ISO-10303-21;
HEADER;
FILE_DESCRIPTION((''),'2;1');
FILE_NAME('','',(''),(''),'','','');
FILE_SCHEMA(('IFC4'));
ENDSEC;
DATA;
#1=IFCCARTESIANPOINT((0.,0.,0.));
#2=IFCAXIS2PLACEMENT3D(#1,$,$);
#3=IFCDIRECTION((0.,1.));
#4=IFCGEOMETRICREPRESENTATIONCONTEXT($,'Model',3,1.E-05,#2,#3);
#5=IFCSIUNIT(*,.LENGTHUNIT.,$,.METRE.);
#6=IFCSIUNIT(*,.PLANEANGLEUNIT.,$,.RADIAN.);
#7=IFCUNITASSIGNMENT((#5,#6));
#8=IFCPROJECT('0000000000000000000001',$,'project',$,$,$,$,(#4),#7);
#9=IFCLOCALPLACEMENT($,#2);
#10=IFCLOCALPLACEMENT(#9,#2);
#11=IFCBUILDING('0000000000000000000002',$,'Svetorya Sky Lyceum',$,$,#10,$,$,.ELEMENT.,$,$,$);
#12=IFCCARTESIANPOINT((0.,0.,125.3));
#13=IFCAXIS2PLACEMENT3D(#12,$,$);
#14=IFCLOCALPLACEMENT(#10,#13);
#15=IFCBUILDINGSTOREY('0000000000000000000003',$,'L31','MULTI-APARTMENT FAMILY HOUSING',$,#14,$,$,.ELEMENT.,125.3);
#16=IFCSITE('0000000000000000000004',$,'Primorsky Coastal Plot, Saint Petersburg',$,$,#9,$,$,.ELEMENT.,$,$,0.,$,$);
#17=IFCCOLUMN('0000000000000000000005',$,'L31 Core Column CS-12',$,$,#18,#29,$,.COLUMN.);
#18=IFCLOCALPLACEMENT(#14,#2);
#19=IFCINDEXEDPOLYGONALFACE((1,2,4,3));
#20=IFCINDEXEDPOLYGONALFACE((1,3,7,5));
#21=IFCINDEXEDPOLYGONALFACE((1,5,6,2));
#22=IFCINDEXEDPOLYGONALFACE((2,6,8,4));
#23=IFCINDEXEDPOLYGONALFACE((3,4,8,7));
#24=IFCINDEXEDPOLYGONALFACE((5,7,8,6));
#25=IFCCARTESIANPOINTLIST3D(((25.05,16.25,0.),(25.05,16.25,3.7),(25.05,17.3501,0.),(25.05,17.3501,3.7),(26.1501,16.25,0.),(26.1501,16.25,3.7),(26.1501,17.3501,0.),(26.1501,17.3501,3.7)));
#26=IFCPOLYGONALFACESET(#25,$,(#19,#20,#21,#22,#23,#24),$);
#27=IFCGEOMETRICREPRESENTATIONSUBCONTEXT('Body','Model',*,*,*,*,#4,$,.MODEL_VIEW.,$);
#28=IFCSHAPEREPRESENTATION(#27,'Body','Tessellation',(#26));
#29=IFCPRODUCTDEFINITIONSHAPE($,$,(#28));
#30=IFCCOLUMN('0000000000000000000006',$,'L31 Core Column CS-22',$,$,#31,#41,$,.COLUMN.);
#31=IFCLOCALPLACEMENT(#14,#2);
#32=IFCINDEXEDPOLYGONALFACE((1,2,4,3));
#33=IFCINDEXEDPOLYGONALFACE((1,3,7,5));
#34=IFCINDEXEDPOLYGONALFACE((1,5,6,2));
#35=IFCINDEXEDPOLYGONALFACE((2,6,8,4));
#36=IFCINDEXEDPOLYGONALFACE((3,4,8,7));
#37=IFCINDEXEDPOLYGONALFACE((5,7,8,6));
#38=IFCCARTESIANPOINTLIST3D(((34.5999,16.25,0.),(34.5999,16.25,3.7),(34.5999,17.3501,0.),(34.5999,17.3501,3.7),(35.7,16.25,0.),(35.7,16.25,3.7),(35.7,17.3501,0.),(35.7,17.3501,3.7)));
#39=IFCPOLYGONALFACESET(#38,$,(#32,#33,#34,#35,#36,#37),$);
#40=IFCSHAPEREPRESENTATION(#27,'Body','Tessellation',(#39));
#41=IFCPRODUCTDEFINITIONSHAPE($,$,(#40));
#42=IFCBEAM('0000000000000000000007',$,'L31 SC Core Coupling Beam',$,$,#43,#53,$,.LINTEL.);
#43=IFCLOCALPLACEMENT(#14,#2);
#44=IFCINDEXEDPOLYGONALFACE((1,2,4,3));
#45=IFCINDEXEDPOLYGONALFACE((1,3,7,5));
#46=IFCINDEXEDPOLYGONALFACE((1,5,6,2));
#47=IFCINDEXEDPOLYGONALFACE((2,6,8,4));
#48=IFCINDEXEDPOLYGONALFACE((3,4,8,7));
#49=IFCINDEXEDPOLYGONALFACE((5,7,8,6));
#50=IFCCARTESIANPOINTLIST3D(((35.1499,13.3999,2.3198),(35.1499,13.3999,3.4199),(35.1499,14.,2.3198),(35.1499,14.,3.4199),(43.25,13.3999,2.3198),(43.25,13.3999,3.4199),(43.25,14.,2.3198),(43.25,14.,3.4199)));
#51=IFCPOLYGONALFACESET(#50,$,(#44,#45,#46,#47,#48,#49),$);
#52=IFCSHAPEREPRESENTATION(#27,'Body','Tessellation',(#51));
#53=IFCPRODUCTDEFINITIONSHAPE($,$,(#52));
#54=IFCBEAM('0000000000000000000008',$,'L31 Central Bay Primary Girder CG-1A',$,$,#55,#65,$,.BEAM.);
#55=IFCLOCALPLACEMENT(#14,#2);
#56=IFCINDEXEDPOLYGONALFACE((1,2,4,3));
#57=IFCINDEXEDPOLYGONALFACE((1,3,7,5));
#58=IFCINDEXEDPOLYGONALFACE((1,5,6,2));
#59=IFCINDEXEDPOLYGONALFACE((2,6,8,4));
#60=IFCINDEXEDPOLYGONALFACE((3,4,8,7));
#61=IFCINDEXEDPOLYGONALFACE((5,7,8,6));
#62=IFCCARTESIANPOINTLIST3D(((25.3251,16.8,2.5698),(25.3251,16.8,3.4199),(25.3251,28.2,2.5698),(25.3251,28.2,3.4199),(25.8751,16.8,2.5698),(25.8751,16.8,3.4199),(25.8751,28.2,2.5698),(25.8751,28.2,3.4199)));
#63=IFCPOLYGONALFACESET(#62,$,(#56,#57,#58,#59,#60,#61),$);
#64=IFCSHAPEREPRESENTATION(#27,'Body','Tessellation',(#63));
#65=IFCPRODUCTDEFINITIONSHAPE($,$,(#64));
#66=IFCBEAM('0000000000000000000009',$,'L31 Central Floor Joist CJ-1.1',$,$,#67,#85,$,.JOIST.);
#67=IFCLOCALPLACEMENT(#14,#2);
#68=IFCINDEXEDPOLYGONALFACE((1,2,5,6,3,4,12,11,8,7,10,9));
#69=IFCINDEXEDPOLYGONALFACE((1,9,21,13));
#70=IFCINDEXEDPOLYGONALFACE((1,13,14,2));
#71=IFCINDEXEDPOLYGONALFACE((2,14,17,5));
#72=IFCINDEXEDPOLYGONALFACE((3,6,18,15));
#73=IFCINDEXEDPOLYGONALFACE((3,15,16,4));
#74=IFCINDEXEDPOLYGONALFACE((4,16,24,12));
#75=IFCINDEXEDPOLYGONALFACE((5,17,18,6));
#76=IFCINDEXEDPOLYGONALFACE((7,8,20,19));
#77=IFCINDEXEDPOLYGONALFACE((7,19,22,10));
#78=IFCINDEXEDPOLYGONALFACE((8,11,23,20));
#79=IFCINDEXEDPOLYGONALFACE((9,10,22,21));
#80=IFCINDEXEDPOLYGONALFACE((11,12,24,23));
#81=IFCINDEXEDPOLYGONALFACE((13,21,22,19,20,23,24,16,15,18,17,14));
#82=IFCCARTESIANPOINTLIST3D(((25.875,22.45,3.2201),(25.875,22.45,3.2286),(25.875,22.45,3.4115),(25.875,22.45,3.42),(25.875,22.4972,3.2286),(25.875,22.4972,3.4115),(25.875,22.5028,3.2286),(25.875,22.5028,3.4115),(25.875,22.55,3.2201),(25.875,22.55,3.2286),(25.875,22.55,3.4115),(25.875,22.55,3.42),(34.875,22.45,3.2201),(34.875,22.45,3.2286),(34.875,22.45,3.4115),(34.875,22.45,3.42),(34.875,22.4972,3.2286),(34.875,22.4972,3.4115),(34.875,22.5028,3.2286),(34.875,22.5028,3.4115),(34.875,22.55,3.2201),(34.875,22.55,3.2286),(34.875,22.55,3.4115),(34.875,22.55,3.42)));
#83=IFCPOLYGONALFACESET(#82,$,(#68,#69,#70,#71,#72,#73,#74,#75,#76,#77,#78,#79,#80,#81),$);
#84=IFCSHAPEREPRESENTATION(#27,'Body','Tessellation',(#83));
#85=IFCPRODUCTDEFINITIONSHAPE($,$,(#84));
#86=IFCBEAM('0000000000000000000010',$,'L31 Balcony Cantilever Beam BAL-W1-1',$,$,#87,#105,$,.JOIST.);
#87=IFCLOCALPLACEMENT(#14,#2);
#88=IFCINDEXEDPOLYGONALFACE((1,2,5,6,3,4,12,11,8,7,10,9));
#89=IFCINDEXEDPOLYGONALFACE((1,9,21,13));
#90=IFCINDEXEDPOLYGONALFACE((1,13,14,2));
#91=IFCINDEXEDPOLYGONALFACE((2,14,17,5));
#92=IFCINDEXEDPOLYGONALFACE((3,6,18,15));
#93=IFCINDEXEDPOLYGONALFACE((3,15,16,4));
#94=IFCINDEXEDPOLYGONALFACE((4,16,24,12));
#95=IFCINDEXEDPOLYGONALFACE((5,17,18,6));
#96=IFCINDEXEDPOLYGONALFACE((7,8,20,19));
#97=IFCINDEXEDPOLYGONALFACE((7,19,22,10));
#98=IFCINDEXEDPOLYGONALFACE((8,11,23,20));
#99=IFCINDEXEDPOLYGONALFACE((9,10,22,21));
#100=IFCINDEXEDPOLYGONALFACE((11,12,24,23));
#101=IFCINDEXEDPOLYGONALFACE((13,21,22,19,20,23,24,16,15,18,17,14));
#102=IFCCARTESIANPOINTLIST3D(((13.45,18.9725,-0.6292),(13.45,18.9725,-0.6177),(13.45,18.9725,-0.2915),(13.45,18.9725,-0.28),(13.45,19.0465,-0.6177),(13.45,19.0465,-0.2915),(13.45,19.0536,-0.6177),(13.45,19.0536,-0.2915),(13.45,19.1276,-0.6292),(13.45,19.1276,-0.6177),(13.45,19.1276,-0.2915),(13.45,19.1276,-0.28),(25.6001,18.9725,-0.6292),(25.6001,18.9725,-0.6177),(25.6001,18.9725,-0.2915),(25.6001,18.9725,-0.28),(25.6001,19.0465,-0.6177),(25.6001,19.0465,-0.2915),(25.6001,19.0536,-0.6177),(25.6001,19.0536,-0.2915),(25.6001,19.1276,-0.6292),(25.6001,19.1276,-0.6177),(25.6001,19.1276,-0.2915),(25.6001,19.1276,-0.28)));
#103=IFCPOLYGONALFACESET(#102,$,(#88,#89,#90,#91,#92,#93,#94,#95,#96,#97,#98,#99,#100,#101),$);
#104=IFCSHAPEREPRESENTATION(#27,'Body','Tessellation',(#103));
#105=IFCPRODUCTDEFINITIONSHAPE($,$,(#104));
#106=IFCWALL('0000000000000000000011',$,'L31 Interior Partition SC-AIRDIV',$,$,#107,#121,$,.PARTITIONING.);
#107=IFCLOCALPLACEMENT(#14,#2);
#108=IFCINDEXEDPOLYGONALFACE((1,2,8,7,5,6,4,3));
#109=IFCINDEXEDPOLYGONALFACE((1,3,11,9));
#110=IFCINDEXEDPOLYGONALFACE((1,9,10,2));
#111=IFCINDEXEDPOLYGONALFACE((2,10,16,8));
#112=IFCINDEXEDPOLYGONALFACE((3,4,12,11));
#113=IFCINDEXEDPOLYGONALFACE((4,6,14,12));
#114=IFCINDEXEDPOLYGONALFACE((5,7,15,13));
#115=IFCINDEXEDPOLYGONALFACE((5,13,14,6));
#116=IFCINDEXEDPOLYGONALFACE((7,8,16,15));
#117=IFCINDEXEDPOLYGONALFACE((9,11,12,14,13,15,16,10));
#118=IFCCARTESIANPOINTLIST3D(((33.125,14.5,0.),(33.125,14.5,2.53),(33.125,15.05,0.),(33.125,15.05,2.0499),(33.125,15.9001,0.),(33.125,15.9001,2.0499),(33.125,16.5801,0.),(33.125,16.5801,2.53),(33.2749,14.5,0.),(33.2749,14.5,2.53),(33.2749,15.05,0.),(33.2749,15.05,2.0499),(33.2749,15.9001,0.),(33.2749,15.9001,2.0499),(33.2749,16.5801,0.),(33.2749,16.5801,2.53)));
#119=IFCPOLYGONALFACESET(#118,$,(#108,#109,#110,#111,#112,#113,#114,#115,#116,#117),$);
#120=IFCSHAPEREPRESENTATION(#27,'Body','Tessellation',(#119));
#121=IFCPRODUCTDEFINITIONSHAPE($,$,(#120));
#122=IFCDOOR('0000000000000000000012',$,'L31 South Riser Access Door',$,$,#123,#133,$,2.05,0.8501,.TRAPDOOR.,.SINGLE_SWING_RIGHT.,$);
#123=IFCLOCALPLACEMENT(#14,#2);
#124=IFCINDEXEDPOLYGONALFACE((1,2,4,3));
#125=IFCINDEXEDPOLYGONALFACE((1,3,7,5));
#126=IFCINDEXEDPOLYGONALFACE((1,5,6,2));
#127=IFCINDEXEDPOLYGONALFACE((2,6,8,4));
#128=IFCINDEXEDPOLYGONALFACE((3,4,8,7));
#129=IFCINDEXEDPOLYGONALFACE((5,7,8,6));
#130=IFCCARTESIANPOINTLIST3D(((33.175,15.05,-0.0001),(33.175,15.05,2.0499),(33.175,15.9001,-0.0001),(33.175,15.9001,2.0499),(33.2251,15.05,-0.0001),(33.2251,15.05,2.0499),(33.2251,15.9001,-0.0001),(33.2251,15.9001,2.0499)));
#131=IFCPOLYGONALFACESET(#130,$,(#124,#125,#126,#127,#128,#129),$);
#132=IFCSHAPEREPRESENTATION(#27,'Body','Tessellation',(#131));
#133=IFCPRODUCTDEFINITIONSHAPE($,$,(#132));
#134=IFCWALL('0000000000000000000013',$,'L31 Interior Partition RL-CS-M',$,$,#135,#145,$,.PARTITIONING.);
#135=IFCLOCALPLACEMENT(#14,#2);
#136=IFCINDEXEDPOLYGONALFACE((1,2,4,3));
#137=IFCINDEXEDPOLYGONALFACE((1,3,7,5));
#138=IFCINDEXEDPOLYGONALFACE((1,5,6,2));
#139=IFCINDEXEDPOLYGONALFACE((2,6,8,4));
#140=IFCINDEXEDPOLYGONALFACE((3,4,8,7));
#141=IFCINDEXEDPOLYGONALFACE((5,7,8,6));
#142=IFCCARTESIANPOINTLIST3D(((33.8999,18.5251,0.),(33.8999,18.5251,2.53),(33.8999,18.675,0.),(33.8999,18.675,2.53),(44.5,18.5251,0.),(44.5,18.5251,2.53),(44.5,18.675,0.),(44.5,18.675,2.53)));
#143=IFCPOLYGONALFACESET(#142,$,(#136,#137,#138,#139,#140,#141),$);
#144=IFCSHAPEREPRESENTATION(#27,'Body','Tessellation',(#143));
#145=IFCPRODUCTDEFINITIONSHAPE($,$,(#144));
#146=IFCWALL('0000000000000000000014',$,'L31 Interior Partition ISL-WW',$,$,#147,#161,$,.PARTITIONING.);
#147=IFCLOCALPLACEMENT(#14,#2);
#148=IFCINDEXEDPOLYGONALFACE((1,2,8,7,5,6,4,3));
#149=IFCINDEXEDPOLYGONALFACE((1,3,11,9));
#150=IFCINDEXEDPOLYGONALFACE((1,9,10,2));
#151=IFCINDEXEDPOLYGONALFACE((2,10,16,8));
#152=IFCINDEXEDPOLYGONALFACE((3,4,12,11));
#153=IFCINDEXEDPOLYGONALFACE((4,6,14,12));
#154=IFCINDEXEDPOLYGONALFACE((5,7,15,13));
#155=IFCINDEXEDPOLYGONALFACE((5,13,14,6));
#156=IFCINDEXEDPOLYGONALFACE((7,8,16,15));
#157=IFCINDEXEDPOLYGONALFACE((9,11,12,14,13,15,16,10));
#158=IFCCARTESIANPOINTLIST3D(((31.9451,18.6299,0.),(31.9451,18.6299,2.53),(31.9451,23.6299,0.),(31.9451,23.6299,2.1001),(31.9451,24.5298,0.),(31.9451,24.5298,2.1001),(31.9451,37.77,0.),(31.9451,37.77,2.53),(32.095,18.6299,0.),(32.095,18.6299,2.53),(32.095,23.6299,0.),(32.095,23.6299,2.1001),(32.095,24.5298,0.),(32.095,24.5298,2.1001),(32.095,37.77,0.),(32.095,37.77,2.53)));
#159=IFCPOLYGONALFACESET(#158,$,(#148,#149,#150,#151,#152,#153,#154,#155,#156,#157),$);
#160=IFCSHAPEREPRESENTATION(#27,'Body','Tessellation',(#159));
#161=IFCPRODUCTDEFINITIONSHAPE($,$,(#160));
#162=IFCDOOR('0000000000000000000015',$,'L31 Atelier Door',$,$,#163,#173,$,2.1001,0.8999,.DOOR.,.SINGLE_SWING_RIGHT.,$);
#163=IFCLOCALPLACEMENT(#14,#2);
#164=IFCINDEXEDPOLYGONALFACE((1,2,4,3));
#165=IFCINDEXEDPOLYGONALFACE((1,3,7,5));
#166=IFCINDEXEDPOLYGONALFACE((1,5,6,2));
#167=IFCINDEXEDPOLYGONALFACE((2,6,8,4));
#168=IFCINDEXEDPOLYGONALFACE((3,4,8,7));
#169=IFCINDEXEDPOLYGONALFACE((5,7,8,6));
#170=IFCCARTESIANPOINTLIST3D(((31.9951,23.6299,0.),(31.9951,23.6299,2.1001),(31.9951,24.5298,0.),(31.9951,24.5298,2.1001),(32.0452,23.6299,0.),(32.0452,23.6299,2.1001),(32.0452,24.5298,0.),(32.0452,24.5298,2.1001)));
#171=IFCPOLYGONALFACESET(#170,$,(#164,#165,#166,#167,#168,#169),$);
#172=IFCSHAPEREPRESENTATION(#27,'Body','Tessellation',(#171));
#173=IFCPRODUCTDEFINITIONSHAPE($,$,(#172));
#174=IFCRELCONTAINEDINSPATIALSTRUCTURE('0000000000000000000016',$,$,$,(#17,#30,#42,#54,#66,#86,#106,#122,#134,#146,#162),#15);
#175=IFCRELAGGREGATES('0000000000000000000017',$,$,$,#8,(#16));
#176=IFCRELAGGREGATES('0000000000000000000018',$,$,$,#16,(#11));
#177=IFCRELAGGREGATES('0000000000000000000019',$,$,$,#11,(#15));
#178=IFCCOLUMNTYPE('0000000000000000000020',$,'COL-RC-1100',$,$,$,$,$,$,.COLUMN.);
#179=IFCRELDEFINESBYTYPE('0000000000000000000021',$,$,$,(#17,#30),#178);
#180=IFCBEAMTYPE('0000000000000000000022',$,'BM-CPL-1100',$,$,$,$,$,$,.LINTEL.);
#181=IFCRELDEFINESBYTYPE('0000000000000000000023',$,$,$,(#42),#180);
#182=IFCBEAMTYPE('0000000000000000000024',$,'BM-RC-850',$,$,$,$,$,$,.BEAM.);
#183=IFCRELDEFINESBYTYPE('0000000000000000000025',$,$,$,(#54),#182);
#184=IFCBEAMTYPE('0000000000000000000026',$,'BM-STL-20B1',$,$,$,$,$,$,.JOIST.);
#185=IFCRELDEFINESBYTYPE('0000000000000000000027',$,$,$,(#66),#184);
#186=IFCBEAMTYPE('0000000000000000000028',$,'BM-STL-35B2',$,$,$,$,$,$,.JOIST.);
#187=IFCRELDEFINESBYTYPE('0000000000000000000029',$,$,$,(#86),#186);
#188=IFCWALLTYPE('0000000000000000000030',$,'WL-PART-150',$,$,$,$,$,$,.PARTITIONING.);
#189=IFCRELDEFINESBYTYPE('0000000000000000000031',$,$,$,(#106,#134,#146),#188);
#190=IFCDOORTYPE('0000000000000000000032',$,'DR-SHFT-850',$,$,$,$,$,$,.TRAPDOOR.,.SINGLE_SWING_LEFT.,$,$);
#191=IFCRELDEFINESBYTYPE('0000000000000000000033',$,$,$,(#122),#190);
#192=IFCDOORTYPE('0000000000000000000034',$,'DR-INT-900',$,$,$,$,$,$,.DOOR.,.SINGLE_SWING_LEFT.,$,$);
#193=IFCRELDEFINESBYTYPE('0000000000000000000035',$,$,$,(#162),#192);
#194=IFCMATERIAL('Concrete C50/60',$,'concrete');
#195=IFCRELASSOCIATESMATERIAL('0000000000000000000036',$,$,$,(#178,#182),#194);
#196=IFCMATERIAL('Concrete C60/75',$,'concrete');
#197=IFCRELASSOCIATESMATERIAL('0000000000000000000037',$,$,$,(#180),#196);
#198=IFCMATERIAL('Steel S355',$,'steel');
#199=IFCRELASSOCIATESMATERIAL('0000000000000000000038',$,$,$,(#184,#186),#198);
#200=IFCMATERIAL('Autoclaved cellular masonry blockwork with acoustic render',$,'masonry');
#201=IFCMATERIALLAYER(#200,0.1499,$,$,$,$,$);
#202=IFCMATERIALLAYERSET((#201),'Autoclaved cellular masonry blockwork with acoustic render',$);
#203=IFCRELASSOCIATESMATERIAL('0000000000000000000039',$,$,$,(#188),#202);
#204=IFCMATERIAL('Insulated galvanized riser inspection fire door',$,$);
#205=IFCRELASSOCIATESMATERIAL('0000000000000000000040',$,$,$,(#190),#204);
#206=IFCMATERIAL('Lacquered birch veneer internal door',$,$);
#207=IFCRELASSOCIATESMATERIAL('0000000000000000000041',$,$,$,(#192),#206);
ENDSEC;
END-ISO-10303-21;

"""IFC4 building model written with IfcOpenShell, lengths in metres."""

from ifc_helpers import new_model, si_unit, direction, frame, frame_2d, origin, origin_2d, place, context, subcontext, project, spatial, rectangle, i_section, extrude, material, layer, layer_set, material_profile, profile_set, type_object, element, fill, save


model = new_model("IFC4")

# Units and contexts
model_context = context("Model", 3, precision=1e-05, world=origin(), true_north=direction((0.0, 1.0)))
body_context = subcontext(model_context, "Body", "Model", "MODEL_VIEW")
ifc_project = project(units=[si_unit("LENGTHUNIT", "METRE"), si_unit("PLANEANGLEUNIT", "RADIAN")], contexts=[model_context])

# Site, building, storey
site_placement = place(None, origin())
site = spatial("IfcSite", under=ifc_project, at=site_placement, Name="Primorsky Coastal Plot, Saint Petersburg", CompositionType="ELEMENT", RefElevation=0.0)
building_placement = place(site_placement, origin())
building = spatial("IfcBuilding", under=site, at=building_placement, Name="Svetorya Sky Lyceum", CompositionType="ELEMENT")
storey_placement = place(building_placement, frame((0.0, 0.0, 125.3)))
storey = spatial("IfcBuildingStorey", under=building, at=storey_placement, Name="L31", Description="MULTI-APARTMENT FAMILY HOUSING", CompositionType="ELEMENT", Elevation=125.3)

# Columns
ifc_material_1 = material(Name="Concrete C50/60", Category="concrete")
ifc_material_profile_1 = material_profile(ifc_material_1, rectangle(XDim=1.1001, YDim=1.1001, at=origin_2d()), Name="RC COL 1100x1100")
ifc_profile_set_1 = profile_set([ifc_material_profile_1], Name="Concrete C50/60")
column_type = type_object("IfcColumnType", Name="COL-RC-1100", PredefinedType="COLUMN", material=ifc_profile_set_1)
for number, where, z_axis, x_axis, name in (
    (1, (25.6001, 16.8, 0.0), (0.0, 0.0, 1.0), (1.0, 0.0, 0.0), "L31 Core Column CS-12"),
    (2, (35.1499, 16.8, 0.0), (0.0, 0.0, 1.0), (1.0, 0.0, 0.0), "L31 Core Column CS-22"),
):
    element("IfcColumn", number, at=place(storey_placement, frame(where, z_axis=z_axis, x_axis=x_axis)), inside=storey, type_object=column_type, Name=name, PredefinedType="COLUMN", context=body_context, shape_type="SweptSolid", body=[
        extrude(rectangle(XDim=1.1001, YDim=1.1001, at=origin_2d()), origin(), (0.0, 0.0, 1.0), 3.7),
    ])

# Beams
ifc_material_2 = material(Name="Concrete C60/75", Category="concrete")
ifc_material_profile_2 = material_profile(ifc_material_2, rectangle(XDim=0.6001, YDim=1.1001, at=origin_2d()), Name="RC COUPLING 600x1100")
ifc_profile_set_2 = profile_set([ifc_material_profile_2], Name="Concrete C60/75")
beam_type_1 = type_object("IfcBeamType", Name="BM-CPL-1100", PredefinedType="LINTEL", material=ifc_profile_set_2)
beam_1_placement = place(storey_placement, frame((35.1499, 13.7, 2.8699), z_axis=(1.0, 0.0, 0.0), x_axis=(0.0, 1.0, 0.0)))
element("IfcBeam", 3, at=beam_1_placement, inside=storey, type_object=beam_type_1, Name="L31 SC Core Coupling Beam", PredefinedType="LINTEL", context=body_context, shape_type="SweptSolid", body=[
    extrude(rectangle(XDim=0.6001, YDim=1.1001, at=origin_2d()), origin(), (0.0, 0.0, 1.0), 8.1001),
])
ifc_material_profile_3 = material_profile(ifc_material_1, rectangle(XDim=0.55, YDim=0.8501, at=origin_2d()), Name="RC BEAM 550x850")
ifc_profile_set_3 = profile_set([ifc_material_profile_3], Name="Concrete C50/60")
beam_type_2 = type_object("IfcBeamType", Name="BM-RC-850", PredefinedType="BEAM", material=ifc_profile_set_3)
beam_2_placement = place(storey_placement, frame((25.6001, 16.8, 2.9949), z_axis=(0.0, 1.0, 0.0), x_axis=(-1.0, 0.0, 0.0)))
element("IfcBeam", 4, at=beam_2_placement, inside=storey, type_object=beam_type_2, Name="L31 Central Bay Primary Girder CG-1A", PredefinedType="BEAM", context=body_context, shape_type="SweptSolid", body=[
    extrude(rectangle(XDim=0.55, YDim=0.8501, at=origin_2d()), origin(), (0.0, 0.0, 1.0), 11.3999),
])
ifc_material_3 = material(Name="Steel S355", Category="steel")
ifc_material_profile_4 = material_profile(ifc_material_3, i_section(OverallWidth=0.1001, OverallDepth=0.2, WebThickness=0.0056, FlangeThickness=0.0085, at=origin_2d()), Name="GOST 20B1")
ifc_profile_set_4 = profile_set([ifc_material_profile_4], Name="Steel S355")
beam_type_3 = type_object("IfcBeamType", Name="BM-STL-20B1", PredefinedType="JOIST", material=ifc_profile_set_4)
beam_3_placement = place(storey_placement, frame((25.875, 22.5, 3.3201), z_axis=(1.0, 0.0, 0.0), x_axis=(0.0, 1.0, 0.0)))
element("IfcBeam", 5, at=beam_3_placement, inside=storey, type_object=beam_type_3, Name="L31 Central Floor Joist CJ-1.1", PredefinedType="JOIST", context=body_context, shape_type="SweptSolid", body=[
    extrude(i_section(OverallWidth=0.1001, OverallDepth=0.2, WebThickness=0.0056, FlangeThickness=0.0085, at=origin_2d()), origin(), (0.0, 0.0, 1.0), 9.0),
])
ifc_material_profile_5 = material_profile(ifc_material_3, i_section(OverallWidth=0.155, OverallDepth=0.3491, WebThickness=0.0071, FlangeThickness=0.0115, at=origin_2d()), Name="GOST 35B2")
ifc_profile_set_5 = profile_set([ifc_material_profile_5], Name="Steel S355")
beam_type_4 = type_object("IfcBeamType", Name="BM-STL-35B2", PredefinedType="JOIST", material=ifc_profile_set_5)
beam_4_placement = place(storey_placement, frame((25.6001, 19.05, -0.4546), z_axis=(-1.0, 0.0, 0.0), x_axis=(0.0, -1.0, 0.0)))
element("IfcBeam", 6, at=beam_4_placement, inside=storey, type_object=beam_type_4, Name="L31 Balcony Cantilever Beam BAL-W1-1", PredefinedType="JOIST", context=body_context, shape_type="SweptSolid", body=[
    extrude(i_section(OverallWidth=0.155, OverallDepth=0.3491, WebThickness=0.0071, FlangeThickness=0.0115, at=origin_2d()), origin(), (0.0, 0.0, 1.0), 12.1501),
])

# Wall, opening, door
ifc_material_4 = material(Name="Autoclaved cellular masonry blockwork with acoustic render", Category="masonry")
ifc_layer_1 = layer(ifc_material_4, 0.1499)
ifc_layer_set_1 = layer_set([ifc_layer_1], Name="Autoclaved cellular masonry blockwork with acoustic render")
wall_type_1 = type_object("IfcWallType", Name="WL-PART-150", PredefinedType="PARTITIONING", material=ifc_layer_set_1)
wall_1_placement = place(storey_placement, frame((33.2, 14.5, 0.0), z_axis=(0.0, 0.0, 1.0), x_axis=(0.0, 1.0, 0.0)))
wall_1 = element("IfcWall", 7, at=wall_1_placement, inside=storey, type_object=wall_type_1, Name="L31 Interior Partition SC-AIRDIV", PredefinedType="PARTITIONING", context=body_context, shape_type="SweptSolid", body=[
    extrude(rectangle(XDim=2.0801, YDim=0.1499, at=frame_2d((1.04, 0.0))), origin(), (0.0, 0.0, 1.0), 2.53),
])
opening_1_placement = place(wall_1_placement, frame((0.55, 0.0, 0.0)))
opening_1 = element("IfcOpeningElement", 8, at=opening_1_placement, cuts=wall_1, PredefinedType="OPENING", context=body_context, shape_type="SweptSolid", body=[
    extrude(rectangle(XDim=0.8501, YDim=2.05, at=frame_2d((0.425, 1.0249))), frame((0.0, 0.085, 0.0), z_axis=(0.0, -1.0, 0.0), x_axis=(1.0, 0.0, 0.0)), (0.0, 0.0, 1.0), 0.1699),
])
ifc_material_5 = material(Name="Insulated galvanized riser inspection fire door")
door_type_1 = type_object("IfcDoorType", Name="DR-SHFT-850", OperationType="SINGLE_SWING_LEFT", PredefinedType="TRAPDOOR", material=ifc_material_5)
door_1_placement = place(opening_1_placement, origin())
door_1 = element("IfcDoor", 9, at=door_1_placement, inside=storey, type_object=door_type_1, Name="L31 South Riser Access Door", OperationType="SINGLE_SWING_RIGHT", OverallHeight=2.05, OverallWidth=0.8501, PredefinedType="TRAPDOOR", context=body_context, shape_type="SweptSolid", body=[
    extrude(rectangle(XDim=0.8501, YDim=2.05, at=frame_2d((0.425, 1.0249))), frame((0.0, 0.0249, 0.0), z_axis=(0.0, -1.0, 0.0), x_axis=(1.0, 0.0, 0.0)), (0.0, 0.0, 1.0), 0.05),
])
fill(opening_1, door_1)

# Wall
wall_2_placement = place(storey_placement, frame((33.8999, 18.6001, 0.0), z_axis=(0.0, 0.0, 1.0), x_axis=(1.0, 0.0, 0.0)))
element("IfcWall", 10, at=wall_2_placement, inside=storey, type_object=wall_type_1, Name="L31 Interior Partition RL-CS-M", PredefinedType="PARTITIONING", context=body_context, shape_type="SweptSolid", body=[
    extrude(rectangle(XDim=10.6001, YDim=0.1499, at=frame_2d((5.3, 0.0))), origin(), (0.0, 0.0, 1.0), 2.53),
])

# Wall, opening, door
wall_3_placement = place(storey_placement, frame((32.02, 18.6299, 0.0), z_axis=(0.0, 0.0, 1.0), x_axis=(0.0, 1.0, 0.0)))
wall_3 = element("IfcWall", 11, at=wall_3_placement, inside=storey, type_object=wall_type_1, Name="L31 Interior Partition ISL-WW", PredefinedType="PARTITIONING", context=body_context, shape_type="SweptSolid", body=[
    extrude(rectangle(XDim=19.1401, YDim=0.1499, at=frame_2d((9.5701, 0.0))), origin(), (0.0, 0.0, 1.0), 2.53),
])
opening_2_placement = place(wall_3_placement, frame((5.0, 0.0, 0.0)))
opening_2 = element("IfcOpeningElement", 12, at=opening_2_placement, cuts=wall_3, PredefinedType="OPENING", context=body_context, shape_type="SweptSolid", body=[
    extrude(rectangle(XDim=0.8999, YDim=2.1001, at=frame_2d((0.45, 1.05))), frame((0.0, 0.085, 0.0), z_axis=(0.0, -1.0, 0.0), x_axis=(1.0, 0.0, 0.0)), (0.0, 0.0, 1.0), 0.1699),
])
ifc_material_6 = material(Name="Lacquered birch veneer internal door")
door_type_2 = type_object("IfcDoorType", Name="DR-INT-900", OperationType="SINGLE_SWING_LEFT", PredefinedType="DOOR", material=ifc_material_6)
door_2_placement = place(opening_2_placement, origin())
door_2 = element("IfcDoor", 13, at=door_2_placement, inside=storey, type_object=door_type_2, Name="L31 Atelier Door", OperationType="SINGLE_SWING_RIGHT", OverallHeight=2.1001, OverallWidth=0.8999, PredefinedType="DOOR", context=body_context, shape_type="SweptSolid", body=[
    extrude(rectangle(XDim=0.8999, YDim=2.1001, at=frame_2d((0.45, 1.05))), frame((0.0, 0.0249, 0.0), z_axis=(0.0, -1.0, 0.0), x_axis=(1.0, 0.0, 0.0)), (0.0, 0.0, 1.0), 0.05),
])
fill(opening_2, door_2)

save(model, "model.ifc")
